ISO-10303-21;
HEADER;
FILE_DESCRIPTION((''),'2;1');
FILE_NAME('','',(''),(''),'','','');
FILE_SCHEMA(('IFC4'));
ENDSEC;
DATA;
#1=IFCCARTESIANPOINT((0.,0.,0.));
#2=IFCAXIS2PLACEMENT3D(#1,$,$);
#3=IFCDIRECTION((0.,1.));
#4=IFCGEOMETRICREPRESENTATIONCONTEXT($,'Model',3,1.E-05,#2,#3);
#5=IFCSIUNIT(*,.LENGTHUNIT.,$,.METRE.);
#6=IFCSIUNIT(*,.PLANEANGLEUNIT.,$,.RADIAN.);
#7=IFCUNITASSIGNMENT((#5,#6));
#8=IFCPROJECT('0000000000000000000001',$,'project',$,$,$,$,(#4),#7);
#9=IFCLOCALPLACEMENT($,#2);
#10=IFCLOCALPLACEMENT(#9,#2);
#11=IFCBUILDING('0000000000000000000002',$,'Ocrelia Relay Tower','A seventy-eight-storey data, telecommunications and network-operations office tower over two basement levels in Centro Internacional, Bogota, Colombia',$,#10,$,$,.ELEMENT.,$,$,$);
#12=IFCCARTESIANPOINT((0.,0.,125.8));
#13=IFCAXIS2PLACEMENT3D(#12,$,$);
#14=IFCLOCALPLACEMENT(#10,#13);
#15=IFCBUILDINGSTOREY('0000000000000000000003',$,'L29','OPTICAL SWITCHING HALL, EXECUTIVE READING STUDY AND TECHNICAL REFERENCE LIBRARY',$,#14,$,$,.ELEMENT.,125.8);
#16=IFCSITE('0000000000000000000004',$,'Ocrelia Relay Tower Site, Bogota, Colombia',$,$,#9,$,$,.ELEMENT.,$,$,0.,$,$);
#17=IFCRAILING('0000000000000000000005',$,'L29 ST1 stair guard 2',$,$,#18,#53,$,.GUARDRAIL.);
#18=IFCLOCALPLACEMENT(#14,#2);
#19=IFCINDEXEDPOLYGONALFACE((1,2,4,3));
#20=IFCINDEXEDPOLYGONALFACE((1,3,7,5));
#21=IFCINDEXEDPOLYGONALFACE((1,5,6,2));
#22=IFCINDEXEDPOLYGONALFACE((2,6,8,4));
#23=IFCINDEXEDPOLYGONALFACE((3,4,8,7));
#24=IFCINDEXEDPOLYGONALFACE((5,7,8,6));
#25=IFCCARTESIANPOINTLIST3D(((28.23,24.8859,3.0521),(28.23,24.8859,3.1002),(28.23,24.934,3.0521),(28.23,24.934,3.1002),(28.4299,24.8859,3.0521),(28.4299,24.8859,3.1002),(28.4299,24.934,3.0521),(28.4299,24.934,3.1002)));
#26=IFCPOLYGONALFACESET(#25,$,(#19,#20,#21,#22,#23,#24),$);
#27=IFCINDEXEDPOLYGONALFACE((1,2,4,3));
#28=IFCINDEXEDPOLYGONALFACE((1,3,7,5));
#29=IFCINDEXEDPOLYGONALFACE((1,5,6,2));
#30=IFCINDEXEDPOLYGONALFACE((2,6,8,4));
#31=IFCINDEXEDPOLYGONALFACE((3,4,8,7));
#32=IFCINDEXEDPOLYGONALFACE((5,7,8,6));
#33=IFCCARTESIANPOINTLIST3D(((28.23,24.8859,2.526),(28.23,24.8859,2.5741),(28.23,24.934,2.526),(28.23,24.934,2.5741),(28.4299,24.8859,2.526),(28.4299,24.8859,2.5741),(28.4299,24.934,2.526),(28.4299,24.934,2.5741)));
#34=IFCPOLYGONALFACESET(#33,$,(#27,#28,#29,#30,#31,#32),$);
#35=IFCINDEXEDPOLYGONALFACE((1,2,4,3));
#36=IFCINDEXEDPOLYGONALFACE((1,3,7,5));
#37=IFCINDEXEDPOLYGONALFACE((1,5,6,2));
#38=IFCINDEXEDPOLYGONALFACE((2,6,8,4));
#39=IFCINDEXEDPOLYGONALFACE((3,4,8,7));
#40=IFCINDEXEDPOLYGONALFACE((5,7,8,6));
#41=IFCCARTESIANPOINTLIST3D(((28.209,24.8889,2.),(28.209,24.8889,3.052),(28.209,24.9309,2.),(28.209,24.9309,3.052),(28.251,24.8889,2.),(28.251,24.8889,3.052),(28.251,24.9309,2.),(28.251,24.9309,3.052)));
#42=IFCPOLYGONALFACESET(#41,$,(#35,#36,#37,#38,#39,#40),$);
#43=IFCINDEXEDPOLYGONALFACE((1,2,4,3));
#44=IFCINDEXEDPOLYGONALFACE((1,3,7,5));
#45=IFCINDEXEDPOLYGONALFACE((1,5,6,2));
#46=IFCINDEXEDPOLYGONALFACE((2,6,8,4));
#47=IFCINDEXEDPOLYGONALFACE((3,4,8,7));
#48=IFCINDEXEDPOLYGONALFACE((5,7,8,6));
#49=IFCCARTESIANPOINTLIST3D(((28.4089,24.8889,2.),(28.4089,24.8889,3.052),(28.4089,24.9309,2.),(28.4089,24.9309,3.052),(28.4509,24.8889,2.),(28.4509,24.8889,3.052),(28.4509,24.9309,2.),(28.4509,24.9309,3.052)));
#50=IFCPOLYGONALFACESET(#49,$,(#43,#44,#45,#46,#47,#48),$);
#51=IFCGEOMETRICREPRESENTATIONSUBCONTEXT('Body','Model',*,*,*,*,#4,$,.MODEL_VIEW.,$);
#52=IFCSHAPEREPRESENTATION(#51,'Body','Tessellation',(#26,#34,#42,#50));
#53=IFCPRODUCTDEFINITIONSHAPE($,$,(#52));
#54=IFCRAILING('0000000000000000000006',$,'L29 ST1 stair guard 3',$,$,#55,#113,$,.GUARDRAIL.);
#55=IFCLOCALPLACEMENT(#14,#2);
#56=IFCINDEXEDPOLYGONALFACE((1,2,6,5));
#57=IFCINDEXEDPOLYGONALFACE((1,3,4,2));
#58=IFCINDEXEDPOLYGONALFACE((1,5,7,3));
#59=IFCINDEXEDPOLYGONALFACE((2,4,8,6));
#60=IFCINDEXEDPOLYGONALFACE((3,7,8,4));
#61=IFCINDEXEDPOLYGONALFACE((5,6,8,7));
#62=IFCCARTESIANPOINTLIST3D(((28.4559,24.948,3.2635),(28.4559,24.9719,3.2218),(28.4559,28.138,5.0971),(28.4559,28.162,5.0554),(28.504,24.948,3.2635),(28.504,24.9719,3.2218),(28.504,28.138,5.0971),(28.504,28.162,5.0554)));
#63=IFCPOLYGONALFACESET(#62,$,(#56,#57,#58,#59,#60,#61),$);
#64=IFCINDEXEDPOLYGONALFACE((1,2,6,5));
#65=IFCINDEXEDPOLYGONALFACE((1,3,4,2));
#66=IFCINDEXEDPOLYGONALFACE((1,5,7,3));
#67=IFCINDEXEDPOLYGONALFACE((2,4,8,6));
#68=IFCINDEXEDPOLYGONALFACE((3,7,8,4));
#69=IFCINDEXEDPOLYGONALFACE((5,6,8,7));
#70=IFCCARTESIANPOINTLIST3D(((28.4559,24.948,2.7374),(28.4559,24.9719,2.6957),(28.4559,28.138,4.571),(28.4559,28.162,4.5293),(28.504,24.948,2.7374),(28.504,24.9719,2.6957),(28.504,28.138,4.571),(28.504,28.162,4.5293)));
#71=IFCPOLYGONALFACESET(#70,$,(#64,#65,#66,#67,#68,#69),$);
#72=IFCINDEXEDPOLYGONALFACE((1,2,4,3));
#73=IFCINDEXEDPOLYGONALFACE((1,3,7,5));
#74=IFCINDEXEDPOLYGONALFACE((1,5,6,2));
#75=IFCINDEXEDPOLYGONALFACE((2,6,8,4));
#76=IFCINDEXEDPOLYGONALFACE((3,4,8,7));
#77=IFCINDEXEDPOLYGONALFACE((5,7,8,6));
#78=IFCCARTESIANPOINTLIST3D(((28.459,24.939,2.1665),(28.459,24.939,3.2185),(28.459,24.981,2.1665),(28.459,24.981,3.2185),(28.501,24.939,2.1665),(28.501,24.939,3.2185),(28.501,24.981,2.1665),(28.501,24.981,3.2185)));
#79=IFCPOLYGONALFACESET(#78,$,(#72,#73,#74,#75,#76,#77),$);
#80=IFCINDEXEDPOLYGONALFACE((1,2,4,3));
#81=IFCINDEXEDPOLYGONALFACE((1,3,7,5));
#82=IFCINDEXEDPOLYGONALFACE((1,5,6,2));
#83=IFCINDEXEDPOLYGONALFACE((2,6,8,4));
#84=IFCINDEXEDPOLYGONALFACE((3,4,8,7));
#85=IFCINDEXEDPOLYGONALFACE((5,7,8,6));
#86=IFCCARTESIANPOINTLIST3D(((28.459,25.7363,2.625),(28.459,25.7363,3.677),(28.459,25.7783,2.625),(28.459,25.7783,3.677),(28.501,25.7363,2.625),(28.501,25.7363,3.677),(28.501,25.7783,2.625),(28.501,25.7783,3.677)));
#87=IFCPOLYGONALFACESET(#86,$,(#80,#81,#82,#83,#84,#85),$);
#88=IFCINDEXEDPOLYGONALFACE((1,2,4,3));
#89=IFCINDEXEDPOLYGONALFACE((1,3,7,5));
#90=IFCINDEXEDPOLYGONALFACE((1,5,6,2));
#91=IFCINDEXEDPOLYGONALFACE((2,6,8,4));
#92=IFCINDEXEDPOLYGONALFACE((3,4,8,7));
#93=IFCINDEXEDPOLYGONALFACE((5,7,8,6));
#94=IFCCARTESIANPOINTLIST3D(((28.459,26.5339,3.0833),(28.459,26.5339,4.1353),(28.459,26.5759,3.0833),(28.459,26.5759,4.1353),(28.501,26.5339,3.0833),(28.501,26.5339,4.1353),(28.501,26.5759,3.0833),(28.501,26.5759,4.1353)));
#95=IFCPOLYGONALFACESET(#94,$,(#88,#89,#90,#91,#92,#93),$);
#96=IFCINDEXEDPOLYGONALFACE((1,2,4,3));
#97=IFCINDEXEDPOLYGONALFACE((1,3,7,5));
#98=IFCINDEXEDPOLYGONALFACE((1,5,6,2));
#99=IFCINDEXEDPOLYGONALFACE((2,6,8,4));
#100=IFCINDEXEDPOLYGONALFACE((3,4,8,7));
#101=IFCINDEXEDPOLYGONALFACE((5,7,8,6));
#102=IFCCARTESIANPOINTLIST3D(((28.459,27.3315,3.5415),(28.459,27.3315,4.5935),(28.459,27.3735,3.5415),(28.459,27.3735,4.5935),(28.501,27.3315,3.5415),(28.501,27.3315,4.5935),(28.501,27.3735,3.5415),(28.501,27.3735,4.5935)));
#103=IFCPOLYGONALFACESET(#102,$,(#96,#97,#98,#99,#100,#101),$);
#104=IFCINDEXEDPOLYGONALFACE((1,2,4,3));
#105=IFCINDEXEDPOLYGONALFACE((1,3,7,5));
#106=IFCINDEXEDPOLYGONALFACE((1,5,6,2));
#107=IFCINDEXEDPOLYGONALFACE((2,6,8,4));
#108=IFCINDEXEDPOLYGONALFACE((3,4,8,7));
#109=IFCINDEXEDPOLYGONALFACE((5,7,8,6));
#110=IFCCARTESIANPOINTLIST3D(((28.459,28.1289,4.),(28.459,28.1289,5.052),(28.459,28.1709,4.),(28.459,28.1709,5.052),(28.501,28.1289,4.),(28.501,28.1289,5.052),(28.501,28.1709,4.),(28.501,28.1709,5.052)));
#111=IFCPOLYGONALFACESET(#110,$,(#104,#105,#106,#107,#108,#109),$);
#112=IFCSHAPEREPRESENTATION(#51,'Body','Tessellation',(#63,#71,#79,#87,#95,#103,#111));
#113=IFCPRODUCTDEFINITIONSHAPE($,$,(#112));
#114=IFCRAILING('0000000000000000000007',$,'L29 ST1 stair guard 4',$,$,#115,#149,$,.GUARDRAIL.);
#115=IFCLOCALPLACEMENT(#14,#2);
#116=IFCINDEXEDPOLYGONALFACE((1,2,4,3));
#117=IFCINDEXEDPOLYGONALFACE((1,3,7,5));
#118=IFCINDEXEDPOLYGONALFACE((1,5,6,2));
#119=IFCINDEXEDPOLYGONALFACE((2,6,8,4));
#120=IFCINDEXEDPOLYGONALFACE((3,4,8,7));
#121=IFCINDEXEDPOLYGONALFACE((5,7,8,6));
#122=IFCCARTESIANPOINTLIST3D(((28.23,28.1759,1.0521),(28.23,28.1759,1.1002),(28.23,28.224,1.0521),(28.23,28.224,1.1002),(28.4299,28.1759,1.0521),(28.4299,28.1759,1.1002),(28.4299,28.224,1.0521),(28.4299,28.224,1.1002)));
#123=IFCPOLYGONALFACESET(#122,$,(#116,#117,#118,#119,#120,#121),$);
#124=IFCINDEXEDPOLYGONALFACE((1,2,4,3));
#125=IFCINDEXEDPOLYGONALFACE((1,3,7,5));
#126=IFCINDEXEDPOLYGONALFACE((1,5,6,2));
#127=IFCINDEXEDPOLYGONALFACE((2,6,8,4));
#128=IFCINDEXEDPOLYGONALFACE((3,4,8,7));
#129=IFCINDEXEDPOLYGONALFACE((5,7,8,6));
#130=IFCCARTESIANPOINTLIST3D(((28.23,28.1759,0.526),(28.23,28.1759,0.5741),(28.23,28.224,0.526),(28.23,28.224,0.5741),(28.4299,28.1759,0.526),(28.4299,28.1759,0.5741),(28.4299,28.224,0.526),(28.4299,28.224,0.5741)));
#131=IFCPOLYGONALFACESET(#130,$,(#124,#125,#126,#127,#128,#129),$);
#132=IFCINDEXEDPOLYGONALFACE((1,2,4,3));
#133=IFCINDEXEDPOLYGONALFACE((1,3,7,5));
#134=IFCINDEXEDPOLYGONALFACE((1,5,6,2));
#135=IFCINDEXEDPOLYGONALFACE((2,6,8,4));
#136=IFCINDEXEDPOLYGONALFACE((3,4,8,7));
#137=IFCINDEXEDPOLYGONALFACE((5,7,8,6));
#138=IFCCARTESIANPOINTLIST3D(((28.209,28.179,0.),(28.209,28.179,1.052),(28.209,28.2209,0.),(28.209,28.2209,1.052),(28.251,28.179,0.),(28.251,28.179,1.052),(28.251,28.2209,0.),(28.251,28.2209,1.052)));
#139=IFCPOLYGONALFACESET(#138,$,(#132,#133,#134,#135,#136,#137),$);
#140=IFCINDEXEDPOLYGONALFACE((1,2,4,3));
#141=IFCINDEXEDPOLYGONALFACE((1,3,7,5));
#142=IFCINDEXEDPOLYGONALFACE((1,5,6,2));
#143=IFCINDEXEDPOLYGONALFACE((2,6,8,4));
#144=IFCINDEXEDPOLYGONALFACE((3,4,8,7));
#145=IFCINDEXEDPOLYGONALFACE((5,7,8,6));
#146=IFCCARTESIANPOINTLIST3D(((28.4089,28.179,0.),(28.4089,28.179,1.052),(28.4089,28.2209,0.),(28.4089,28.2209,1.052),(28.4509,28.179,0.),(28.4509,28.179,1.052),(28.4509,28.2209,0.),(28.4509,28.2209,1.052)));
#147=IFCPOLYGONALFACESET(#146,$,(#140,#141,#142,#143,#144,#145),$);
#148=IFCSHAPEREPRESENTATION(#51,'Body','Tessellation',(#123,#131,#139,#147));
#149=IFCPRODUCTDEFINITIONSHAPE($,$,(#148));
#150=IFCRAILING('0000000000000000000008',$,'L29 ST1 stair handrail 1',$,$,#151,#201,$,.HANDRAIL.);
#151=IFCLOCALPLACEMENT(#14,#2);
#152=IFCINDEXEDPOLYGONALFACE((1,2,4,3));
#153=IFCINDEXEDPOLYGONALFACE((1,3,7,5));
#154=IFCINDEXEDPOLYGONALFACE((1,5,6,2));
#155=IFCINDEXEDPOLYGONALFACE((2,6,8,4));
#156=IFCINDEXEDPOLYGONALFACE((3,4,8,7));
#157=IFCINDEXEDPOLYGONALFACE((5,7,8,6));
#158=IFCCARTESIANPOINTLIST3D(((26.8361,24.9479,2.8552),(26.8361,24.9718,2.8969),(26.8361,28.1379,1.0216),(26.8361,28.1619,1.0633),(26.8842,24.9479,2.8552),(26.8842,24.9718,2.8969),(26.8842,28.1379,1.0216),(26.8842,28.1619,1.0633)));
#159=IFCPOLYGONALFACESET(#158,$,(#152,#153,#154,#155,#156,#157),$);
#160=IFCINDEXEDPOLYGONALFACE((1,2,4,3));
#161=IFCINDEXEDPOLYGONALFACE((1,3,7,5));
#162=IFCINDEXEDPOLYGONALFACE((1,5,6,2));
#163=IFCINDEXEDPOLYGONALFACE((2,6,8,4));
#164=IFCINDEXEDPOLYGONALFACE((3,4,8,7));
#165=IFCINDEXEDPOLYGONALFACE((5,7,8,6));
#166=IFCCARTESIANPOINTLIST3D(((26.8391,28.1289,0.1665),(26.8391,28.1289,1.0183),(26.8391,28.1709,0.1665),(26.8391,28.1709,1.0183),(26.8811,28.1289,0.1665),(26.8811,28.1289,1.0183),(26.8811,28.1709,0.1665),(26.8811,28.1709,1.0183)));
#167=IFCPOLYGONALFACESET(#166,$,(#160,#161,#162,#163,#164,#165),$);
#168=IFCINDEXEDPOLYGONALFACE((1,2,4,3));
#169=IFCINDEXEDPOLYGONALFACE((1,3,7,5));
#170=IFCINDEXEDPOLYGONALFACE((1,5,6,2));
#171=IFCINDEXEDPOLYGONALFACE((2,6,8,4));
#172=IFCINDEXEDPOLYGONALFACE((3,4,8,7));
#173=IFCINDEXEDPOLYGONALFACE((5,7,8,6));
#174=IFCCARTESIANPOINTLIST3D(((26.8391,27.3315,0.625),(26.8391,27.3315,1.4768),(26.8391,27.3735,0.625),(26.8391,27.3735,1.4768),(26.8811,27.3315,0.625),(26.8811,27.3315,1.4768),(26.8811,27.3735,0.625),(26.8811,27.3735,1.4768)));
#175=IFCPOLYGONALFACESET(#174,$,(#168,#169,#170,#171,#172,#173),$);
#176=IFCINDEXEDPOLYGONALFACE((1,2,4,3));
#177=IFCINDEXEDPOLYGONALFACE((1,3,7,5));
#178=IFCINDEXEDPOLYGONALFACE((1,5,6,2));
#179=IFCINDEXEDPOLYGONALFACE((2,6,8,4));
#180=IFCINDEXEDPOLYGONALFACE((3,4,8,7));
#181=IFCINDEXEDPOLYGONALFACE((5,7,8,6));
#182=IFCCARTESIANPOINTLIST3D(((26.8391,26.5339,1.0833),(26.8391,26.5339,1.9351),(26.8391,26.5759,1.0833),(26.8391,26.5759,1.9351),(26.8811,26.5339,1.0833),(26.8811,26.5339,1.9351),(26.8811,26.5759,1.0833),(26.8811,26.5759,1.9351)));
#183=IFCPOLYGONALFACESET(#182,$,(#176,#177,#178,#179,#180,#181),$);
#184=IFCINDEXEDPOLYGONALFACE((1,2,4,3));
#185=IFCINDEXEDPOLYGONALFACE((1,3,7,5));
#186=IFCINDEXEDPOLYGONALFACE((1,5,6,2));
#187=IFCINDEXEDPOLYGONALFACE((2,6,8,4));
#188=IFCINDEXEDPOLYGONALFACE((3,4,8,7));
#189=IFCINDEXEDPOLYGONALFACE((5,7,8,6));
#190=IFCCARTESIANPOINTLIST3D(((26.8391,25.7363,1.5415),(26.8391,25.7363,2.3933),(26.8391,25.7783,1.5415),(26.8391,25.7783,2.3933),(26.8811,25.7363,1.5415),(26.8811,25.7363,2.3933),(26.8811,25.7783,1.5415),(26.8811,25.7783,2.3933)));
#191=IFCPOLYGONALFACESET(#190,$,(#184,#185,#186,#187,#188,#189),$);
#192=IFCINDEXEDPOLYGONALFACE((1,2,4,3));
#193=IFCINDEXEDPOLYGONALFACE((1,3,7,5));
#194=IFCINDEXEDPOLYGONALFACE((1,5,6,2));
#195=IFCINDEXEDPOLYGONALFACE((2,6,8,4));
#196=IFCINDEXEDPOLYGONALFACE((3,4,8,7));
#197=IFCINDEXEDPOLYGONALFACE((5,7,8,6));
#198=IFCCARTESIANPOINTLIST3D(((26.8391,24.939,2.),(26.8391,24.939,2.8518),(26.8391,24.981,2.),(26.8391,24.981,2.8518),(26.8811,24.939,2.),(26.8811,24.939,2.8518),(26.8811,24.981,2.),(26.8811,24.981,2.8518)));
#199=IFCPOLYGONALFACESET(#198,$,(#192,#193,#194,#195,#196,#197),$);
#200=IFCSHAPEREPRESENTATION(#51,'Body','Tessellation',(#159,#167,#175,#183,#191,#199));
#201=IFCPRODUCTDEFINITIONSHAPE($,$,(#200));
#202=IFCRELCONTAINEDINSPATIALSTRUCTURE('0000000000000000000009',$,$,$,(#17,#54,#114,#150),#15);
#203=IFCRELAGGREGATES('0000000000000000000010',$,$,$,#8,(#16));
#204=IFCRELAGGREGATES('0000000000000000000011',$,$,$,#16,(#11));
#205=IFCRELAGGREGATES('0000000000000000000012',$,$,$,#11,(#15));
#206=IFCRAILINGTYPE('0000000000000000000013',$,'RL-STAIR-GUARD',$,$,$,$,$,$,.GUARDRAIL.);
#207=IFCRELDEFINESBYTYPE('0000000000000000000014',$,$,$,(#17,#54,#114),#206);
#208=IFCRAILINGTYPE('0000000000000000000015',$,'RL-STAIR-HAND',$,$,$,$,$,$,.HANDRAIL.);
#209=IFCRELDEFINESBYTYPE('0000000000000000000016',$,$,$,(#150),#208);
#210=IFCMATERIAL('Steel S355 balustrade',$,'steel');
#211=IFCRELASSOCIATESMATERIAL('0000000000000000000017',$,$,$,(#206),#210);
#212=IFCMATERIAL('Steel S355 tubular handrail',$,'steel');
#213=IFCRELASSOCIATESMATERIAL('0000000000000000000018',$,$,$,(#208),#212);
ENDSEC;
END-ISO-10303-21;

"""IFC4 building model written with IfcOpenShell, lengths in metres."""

from ifc_helpers import new_model, si_unit, direction, frame, origin, origin_2d, place, context, subcontext, project, spatial, rectangle, extrude, material, type_object, element, save


model = new_model("IFC4")

# Units and contexts
model_context = context("Model", 3, precision=1e-05, world=origin(), true_north=direction((0.0, 1.0)))
body_context = subcontext(model_context, "Body", "Model", "MODEL_VIEW")
ifc_project = project(units=[si_unit("LENGTHUNIT", "METRE"), si_unit("PLANEANGLEUNIT", "RADIAN")], contexts=[model_context])

# Site, building, storey
site_placement = place(None, origin())
site = spatial("IfcSite", under=ifc_project, at=site_placement, Name="Ocrelia Relay Tower Site, Bogota, Colombia", CompositionType="ELEMENT", RefElevation=0.0)
building_placement = place(site_placement, origin())
building = spatial("IfcBuilding", under=site, at=building_placement, Name="Ocrelia Relay Tower", Description="A seventy-eight-storey data, telecommunications and network-operations office tower over two basement levels in Centro Internacional, Bogota, Colombia", CompositionType="ELEMENT")
storey_placement = place(building_placement, frame((0.0, 0.0, 125.8)))
storey = spatial("IfcBuildingStorey", under=building, at=storey_placement, Name="L29", Description="OPTICAL SWITCHING HALL, EXECUTIVE READING STUDY AND TECHNICAL REFERENCE LIBRARY", CompositionType="ELEMENT", Elevation=125.8)

# Railings
ifc_material_1 = material(Name="Steel S355 balustrade", Category="steel")
railing_type_1 = type_object("IfcRailingType", Name="RL-STAIR-GUARD", PredefinedType="GUARDRAIL", material=ifc_material_1)
railing_1_placement = place(storey_placement, frame((28.23, 24.9099, 2.0)))
element("IfcRailing", 1, at=railing_1_placement, inside=storey, type_object=railing_type_1, Name="L29 ST1 stair guard 2", PredefinedType="GUARDRAIL", context=body_context, shape_type="SweptSolid", body=[
    extrude(rectangle(XDim=0.0481, YDim=0.0481, at=origin_2d()), frame((0.0, 0.0, 1.0762), z_axis=(1.0, 0.0, 0.0), x_axis=(0.0, 1.0, 0.0)), (0.0, 0.0, 1.0), 0.2),
    extrude(rectangle(XDim=0.0481, YDim=0.0481, at=origin_2d()), frame((0.0, 0.0, 0.55), z_axis=(1.0, 0.0, 0.0), x_axis=(0.0, 1.0, 0.0)), (0.0, 0.0, 1.0), 0.2),
    extrude(rectangle(XDim=0.042, YDim=0.042, at=origin_2d()), origin(), (0.0, 0.0, 1.0), 1.052),
    extrude(rectangle(XDim=0.042, YDim=0.042, at=origin_2d()), frame((0.2, 0.0, 0.0)), (0.0, 0.0, 1.0), 1.052),
])
railing_2_placement = place(storey_placement, frame((28.48, 24.96, 2.1665)))
element("IfcRailing", 2, at=railing_2_placement, inside=storey, type_object=railing_type_1, Name="L29 ST1 stair guard 3", PredefinedType="GUARDRAIL", context=body_context, shape_type="SweptSolid", body=[
    extrude(rectangle(XDim=0.0481, YDim=0.0481, at=origin_2d()), frame((0.0, 0.0, 1.0762), z_axis=(0.0, 0.866991, 0.498324), x_axis=(-1.0, 0.0, 0.0)), (0.0, 0.0, 1.0), 3.6794),
    extrude(rectangle(XDim=0.0481, YDim=0.0481, at=origin_2d()), frame((0.0, 0.0, 0.55), z_axis=(0.0, 0.866991, 0.498324), x_axis=(-1.0, 0.0, 0.0)), (0.0, 0.0, 1.0), 3.6794),
    extrude(rectangle(XDim=0.042, YDim=0.042, at=origin_2d()), origin(), (0.0, 0.0, 1.0), 1.052),
    extrude(rectangle(XDim=0.042, YDim=0.042, at=origin_2d()), frame((0.0, 0.7974, 0.4585)), (0.0, 0.0, 1.0), 1.052),
    extrude(rectangle(XDim=0.042, YDim=0.042, at=origin_2d()), frame((0.0, 1.595, 0.9167)), (0.0, 0.0, 1.0), 1.052),
    extrude(rectangle(XDim=0.042, YDim=0.042, at=origin_2d()), frame((0.0, 2.3926, 1.375)), (0.0, 0.0, 1.0), 1.052),
    extrude(rectangle(XDim=0.042, YDim=0.042, at=origin_2d()), frame((0.0, 3.1899, 1.8335)), (0.0, 0.0, 1.0), 1.052),
])
railing_3_placement = place(storey_placement, frame((28.23, 28.2, 0.0)))
element("IfcRailing", 3, at=railing_3_placement, inside=storey, type_object=railing_type_1, Name="L29 ST1 stair guard 4", PredefinedType="GUARDRAIL", context=body_context, shape_type="SweptSolid", body=[
    extrude(rectangle(XDim=0.0481, YDim=0.0481, at=origin_2d()), frame((0.0, 0.0, 1.0762), z_axis=(1.0, 0.0, 0.0), x_axis=(0.0, 1.0, 0.0)), (0.0, 0.0, 1.0), 0.2),
    extrude(rectangle(XDim=0.0481, YDim=0.0481, at=origin_2d()), frame((0.0, 0.0, 0.55), z_axis=(1.0, 0.0, 0.0), x_axis=(0.0, 1.0, 0.0)), (0.0, 0.0, 1.0), 0.2),
    extrude(rectangle(XDim=0.042, YDim=0.042, at=origin_2d()), origin(), (0.0, 0.0, 1.0), 1.052),
    extrude(rectangle(XDim=0.042, YDim=0.042, at=origin_2d()), frame((0.2, 0.0, 0.0)), (0.0, 0.0, 1.0), 1.052),
])
ifc_material_2 = material(Name="Steel S355 tubular handrail", Category="steel")
railing_type_2 = type_object("IfcRailingType", Name="RL-STAIR-HAND", PredefinedType="HANDRAIL", material=ifc_material_2)
railing_4_placement = place(storey_placement, frame((26.8601, 28.1499, 0.1665)))
element("IfcRailing", 4, at=railing_4_placement, inside=storey, type_object=railing_type_2, Name="L29 ST1 stair handrail 1", PredefinedType="HANDRAIL", context=body_context, shape_type="SweptSolid", body=[
    extrude(rectangle(XDim=0.0481, YDim=0.0481, at=origin_2d()), frame((0.0, 0.0, 0.876), z_axis=(0.0, -0.866991, 0.498324), x_axis=(1.0, 0.0, 0.0)), (0.0, 0.0, 1.0), 3.6794),
    extrude(rectangle(XDim=0.042, YDim=0.042, at=origin_2d()), origin(), (0.0, 0.0, 1.0), 0.8518),
    extrude(rectangle(XDim=0.042, YDim=0.042, at=origin_2d()), frame((0.0, -0.7974, 0.4585)), (0.0, 0.0, 1.0), 0.8518),
    extrude(rectangle(XDim=0.042, YDim=0.042, at=origin_2d()), frame((0.0, -1.595, 0.9167)), (0.0, 0.0, 1.0), 0.8518),
    extrude(rectangle(XDim=0.042, YDim=0.042, at=origin_2d()), frame((0.0, -2.3926, 1.375)), (0.0, 0.0, 1.0), 0.8518),
    extrude(rectangle(XDim=0.042, YDim=0.042, at=origin_2d()), frame((0.0, -3.1899, 1.8335)), (0.0, 0.0, 1.0), 0.8518),
])

save(model, "model.ifc")
